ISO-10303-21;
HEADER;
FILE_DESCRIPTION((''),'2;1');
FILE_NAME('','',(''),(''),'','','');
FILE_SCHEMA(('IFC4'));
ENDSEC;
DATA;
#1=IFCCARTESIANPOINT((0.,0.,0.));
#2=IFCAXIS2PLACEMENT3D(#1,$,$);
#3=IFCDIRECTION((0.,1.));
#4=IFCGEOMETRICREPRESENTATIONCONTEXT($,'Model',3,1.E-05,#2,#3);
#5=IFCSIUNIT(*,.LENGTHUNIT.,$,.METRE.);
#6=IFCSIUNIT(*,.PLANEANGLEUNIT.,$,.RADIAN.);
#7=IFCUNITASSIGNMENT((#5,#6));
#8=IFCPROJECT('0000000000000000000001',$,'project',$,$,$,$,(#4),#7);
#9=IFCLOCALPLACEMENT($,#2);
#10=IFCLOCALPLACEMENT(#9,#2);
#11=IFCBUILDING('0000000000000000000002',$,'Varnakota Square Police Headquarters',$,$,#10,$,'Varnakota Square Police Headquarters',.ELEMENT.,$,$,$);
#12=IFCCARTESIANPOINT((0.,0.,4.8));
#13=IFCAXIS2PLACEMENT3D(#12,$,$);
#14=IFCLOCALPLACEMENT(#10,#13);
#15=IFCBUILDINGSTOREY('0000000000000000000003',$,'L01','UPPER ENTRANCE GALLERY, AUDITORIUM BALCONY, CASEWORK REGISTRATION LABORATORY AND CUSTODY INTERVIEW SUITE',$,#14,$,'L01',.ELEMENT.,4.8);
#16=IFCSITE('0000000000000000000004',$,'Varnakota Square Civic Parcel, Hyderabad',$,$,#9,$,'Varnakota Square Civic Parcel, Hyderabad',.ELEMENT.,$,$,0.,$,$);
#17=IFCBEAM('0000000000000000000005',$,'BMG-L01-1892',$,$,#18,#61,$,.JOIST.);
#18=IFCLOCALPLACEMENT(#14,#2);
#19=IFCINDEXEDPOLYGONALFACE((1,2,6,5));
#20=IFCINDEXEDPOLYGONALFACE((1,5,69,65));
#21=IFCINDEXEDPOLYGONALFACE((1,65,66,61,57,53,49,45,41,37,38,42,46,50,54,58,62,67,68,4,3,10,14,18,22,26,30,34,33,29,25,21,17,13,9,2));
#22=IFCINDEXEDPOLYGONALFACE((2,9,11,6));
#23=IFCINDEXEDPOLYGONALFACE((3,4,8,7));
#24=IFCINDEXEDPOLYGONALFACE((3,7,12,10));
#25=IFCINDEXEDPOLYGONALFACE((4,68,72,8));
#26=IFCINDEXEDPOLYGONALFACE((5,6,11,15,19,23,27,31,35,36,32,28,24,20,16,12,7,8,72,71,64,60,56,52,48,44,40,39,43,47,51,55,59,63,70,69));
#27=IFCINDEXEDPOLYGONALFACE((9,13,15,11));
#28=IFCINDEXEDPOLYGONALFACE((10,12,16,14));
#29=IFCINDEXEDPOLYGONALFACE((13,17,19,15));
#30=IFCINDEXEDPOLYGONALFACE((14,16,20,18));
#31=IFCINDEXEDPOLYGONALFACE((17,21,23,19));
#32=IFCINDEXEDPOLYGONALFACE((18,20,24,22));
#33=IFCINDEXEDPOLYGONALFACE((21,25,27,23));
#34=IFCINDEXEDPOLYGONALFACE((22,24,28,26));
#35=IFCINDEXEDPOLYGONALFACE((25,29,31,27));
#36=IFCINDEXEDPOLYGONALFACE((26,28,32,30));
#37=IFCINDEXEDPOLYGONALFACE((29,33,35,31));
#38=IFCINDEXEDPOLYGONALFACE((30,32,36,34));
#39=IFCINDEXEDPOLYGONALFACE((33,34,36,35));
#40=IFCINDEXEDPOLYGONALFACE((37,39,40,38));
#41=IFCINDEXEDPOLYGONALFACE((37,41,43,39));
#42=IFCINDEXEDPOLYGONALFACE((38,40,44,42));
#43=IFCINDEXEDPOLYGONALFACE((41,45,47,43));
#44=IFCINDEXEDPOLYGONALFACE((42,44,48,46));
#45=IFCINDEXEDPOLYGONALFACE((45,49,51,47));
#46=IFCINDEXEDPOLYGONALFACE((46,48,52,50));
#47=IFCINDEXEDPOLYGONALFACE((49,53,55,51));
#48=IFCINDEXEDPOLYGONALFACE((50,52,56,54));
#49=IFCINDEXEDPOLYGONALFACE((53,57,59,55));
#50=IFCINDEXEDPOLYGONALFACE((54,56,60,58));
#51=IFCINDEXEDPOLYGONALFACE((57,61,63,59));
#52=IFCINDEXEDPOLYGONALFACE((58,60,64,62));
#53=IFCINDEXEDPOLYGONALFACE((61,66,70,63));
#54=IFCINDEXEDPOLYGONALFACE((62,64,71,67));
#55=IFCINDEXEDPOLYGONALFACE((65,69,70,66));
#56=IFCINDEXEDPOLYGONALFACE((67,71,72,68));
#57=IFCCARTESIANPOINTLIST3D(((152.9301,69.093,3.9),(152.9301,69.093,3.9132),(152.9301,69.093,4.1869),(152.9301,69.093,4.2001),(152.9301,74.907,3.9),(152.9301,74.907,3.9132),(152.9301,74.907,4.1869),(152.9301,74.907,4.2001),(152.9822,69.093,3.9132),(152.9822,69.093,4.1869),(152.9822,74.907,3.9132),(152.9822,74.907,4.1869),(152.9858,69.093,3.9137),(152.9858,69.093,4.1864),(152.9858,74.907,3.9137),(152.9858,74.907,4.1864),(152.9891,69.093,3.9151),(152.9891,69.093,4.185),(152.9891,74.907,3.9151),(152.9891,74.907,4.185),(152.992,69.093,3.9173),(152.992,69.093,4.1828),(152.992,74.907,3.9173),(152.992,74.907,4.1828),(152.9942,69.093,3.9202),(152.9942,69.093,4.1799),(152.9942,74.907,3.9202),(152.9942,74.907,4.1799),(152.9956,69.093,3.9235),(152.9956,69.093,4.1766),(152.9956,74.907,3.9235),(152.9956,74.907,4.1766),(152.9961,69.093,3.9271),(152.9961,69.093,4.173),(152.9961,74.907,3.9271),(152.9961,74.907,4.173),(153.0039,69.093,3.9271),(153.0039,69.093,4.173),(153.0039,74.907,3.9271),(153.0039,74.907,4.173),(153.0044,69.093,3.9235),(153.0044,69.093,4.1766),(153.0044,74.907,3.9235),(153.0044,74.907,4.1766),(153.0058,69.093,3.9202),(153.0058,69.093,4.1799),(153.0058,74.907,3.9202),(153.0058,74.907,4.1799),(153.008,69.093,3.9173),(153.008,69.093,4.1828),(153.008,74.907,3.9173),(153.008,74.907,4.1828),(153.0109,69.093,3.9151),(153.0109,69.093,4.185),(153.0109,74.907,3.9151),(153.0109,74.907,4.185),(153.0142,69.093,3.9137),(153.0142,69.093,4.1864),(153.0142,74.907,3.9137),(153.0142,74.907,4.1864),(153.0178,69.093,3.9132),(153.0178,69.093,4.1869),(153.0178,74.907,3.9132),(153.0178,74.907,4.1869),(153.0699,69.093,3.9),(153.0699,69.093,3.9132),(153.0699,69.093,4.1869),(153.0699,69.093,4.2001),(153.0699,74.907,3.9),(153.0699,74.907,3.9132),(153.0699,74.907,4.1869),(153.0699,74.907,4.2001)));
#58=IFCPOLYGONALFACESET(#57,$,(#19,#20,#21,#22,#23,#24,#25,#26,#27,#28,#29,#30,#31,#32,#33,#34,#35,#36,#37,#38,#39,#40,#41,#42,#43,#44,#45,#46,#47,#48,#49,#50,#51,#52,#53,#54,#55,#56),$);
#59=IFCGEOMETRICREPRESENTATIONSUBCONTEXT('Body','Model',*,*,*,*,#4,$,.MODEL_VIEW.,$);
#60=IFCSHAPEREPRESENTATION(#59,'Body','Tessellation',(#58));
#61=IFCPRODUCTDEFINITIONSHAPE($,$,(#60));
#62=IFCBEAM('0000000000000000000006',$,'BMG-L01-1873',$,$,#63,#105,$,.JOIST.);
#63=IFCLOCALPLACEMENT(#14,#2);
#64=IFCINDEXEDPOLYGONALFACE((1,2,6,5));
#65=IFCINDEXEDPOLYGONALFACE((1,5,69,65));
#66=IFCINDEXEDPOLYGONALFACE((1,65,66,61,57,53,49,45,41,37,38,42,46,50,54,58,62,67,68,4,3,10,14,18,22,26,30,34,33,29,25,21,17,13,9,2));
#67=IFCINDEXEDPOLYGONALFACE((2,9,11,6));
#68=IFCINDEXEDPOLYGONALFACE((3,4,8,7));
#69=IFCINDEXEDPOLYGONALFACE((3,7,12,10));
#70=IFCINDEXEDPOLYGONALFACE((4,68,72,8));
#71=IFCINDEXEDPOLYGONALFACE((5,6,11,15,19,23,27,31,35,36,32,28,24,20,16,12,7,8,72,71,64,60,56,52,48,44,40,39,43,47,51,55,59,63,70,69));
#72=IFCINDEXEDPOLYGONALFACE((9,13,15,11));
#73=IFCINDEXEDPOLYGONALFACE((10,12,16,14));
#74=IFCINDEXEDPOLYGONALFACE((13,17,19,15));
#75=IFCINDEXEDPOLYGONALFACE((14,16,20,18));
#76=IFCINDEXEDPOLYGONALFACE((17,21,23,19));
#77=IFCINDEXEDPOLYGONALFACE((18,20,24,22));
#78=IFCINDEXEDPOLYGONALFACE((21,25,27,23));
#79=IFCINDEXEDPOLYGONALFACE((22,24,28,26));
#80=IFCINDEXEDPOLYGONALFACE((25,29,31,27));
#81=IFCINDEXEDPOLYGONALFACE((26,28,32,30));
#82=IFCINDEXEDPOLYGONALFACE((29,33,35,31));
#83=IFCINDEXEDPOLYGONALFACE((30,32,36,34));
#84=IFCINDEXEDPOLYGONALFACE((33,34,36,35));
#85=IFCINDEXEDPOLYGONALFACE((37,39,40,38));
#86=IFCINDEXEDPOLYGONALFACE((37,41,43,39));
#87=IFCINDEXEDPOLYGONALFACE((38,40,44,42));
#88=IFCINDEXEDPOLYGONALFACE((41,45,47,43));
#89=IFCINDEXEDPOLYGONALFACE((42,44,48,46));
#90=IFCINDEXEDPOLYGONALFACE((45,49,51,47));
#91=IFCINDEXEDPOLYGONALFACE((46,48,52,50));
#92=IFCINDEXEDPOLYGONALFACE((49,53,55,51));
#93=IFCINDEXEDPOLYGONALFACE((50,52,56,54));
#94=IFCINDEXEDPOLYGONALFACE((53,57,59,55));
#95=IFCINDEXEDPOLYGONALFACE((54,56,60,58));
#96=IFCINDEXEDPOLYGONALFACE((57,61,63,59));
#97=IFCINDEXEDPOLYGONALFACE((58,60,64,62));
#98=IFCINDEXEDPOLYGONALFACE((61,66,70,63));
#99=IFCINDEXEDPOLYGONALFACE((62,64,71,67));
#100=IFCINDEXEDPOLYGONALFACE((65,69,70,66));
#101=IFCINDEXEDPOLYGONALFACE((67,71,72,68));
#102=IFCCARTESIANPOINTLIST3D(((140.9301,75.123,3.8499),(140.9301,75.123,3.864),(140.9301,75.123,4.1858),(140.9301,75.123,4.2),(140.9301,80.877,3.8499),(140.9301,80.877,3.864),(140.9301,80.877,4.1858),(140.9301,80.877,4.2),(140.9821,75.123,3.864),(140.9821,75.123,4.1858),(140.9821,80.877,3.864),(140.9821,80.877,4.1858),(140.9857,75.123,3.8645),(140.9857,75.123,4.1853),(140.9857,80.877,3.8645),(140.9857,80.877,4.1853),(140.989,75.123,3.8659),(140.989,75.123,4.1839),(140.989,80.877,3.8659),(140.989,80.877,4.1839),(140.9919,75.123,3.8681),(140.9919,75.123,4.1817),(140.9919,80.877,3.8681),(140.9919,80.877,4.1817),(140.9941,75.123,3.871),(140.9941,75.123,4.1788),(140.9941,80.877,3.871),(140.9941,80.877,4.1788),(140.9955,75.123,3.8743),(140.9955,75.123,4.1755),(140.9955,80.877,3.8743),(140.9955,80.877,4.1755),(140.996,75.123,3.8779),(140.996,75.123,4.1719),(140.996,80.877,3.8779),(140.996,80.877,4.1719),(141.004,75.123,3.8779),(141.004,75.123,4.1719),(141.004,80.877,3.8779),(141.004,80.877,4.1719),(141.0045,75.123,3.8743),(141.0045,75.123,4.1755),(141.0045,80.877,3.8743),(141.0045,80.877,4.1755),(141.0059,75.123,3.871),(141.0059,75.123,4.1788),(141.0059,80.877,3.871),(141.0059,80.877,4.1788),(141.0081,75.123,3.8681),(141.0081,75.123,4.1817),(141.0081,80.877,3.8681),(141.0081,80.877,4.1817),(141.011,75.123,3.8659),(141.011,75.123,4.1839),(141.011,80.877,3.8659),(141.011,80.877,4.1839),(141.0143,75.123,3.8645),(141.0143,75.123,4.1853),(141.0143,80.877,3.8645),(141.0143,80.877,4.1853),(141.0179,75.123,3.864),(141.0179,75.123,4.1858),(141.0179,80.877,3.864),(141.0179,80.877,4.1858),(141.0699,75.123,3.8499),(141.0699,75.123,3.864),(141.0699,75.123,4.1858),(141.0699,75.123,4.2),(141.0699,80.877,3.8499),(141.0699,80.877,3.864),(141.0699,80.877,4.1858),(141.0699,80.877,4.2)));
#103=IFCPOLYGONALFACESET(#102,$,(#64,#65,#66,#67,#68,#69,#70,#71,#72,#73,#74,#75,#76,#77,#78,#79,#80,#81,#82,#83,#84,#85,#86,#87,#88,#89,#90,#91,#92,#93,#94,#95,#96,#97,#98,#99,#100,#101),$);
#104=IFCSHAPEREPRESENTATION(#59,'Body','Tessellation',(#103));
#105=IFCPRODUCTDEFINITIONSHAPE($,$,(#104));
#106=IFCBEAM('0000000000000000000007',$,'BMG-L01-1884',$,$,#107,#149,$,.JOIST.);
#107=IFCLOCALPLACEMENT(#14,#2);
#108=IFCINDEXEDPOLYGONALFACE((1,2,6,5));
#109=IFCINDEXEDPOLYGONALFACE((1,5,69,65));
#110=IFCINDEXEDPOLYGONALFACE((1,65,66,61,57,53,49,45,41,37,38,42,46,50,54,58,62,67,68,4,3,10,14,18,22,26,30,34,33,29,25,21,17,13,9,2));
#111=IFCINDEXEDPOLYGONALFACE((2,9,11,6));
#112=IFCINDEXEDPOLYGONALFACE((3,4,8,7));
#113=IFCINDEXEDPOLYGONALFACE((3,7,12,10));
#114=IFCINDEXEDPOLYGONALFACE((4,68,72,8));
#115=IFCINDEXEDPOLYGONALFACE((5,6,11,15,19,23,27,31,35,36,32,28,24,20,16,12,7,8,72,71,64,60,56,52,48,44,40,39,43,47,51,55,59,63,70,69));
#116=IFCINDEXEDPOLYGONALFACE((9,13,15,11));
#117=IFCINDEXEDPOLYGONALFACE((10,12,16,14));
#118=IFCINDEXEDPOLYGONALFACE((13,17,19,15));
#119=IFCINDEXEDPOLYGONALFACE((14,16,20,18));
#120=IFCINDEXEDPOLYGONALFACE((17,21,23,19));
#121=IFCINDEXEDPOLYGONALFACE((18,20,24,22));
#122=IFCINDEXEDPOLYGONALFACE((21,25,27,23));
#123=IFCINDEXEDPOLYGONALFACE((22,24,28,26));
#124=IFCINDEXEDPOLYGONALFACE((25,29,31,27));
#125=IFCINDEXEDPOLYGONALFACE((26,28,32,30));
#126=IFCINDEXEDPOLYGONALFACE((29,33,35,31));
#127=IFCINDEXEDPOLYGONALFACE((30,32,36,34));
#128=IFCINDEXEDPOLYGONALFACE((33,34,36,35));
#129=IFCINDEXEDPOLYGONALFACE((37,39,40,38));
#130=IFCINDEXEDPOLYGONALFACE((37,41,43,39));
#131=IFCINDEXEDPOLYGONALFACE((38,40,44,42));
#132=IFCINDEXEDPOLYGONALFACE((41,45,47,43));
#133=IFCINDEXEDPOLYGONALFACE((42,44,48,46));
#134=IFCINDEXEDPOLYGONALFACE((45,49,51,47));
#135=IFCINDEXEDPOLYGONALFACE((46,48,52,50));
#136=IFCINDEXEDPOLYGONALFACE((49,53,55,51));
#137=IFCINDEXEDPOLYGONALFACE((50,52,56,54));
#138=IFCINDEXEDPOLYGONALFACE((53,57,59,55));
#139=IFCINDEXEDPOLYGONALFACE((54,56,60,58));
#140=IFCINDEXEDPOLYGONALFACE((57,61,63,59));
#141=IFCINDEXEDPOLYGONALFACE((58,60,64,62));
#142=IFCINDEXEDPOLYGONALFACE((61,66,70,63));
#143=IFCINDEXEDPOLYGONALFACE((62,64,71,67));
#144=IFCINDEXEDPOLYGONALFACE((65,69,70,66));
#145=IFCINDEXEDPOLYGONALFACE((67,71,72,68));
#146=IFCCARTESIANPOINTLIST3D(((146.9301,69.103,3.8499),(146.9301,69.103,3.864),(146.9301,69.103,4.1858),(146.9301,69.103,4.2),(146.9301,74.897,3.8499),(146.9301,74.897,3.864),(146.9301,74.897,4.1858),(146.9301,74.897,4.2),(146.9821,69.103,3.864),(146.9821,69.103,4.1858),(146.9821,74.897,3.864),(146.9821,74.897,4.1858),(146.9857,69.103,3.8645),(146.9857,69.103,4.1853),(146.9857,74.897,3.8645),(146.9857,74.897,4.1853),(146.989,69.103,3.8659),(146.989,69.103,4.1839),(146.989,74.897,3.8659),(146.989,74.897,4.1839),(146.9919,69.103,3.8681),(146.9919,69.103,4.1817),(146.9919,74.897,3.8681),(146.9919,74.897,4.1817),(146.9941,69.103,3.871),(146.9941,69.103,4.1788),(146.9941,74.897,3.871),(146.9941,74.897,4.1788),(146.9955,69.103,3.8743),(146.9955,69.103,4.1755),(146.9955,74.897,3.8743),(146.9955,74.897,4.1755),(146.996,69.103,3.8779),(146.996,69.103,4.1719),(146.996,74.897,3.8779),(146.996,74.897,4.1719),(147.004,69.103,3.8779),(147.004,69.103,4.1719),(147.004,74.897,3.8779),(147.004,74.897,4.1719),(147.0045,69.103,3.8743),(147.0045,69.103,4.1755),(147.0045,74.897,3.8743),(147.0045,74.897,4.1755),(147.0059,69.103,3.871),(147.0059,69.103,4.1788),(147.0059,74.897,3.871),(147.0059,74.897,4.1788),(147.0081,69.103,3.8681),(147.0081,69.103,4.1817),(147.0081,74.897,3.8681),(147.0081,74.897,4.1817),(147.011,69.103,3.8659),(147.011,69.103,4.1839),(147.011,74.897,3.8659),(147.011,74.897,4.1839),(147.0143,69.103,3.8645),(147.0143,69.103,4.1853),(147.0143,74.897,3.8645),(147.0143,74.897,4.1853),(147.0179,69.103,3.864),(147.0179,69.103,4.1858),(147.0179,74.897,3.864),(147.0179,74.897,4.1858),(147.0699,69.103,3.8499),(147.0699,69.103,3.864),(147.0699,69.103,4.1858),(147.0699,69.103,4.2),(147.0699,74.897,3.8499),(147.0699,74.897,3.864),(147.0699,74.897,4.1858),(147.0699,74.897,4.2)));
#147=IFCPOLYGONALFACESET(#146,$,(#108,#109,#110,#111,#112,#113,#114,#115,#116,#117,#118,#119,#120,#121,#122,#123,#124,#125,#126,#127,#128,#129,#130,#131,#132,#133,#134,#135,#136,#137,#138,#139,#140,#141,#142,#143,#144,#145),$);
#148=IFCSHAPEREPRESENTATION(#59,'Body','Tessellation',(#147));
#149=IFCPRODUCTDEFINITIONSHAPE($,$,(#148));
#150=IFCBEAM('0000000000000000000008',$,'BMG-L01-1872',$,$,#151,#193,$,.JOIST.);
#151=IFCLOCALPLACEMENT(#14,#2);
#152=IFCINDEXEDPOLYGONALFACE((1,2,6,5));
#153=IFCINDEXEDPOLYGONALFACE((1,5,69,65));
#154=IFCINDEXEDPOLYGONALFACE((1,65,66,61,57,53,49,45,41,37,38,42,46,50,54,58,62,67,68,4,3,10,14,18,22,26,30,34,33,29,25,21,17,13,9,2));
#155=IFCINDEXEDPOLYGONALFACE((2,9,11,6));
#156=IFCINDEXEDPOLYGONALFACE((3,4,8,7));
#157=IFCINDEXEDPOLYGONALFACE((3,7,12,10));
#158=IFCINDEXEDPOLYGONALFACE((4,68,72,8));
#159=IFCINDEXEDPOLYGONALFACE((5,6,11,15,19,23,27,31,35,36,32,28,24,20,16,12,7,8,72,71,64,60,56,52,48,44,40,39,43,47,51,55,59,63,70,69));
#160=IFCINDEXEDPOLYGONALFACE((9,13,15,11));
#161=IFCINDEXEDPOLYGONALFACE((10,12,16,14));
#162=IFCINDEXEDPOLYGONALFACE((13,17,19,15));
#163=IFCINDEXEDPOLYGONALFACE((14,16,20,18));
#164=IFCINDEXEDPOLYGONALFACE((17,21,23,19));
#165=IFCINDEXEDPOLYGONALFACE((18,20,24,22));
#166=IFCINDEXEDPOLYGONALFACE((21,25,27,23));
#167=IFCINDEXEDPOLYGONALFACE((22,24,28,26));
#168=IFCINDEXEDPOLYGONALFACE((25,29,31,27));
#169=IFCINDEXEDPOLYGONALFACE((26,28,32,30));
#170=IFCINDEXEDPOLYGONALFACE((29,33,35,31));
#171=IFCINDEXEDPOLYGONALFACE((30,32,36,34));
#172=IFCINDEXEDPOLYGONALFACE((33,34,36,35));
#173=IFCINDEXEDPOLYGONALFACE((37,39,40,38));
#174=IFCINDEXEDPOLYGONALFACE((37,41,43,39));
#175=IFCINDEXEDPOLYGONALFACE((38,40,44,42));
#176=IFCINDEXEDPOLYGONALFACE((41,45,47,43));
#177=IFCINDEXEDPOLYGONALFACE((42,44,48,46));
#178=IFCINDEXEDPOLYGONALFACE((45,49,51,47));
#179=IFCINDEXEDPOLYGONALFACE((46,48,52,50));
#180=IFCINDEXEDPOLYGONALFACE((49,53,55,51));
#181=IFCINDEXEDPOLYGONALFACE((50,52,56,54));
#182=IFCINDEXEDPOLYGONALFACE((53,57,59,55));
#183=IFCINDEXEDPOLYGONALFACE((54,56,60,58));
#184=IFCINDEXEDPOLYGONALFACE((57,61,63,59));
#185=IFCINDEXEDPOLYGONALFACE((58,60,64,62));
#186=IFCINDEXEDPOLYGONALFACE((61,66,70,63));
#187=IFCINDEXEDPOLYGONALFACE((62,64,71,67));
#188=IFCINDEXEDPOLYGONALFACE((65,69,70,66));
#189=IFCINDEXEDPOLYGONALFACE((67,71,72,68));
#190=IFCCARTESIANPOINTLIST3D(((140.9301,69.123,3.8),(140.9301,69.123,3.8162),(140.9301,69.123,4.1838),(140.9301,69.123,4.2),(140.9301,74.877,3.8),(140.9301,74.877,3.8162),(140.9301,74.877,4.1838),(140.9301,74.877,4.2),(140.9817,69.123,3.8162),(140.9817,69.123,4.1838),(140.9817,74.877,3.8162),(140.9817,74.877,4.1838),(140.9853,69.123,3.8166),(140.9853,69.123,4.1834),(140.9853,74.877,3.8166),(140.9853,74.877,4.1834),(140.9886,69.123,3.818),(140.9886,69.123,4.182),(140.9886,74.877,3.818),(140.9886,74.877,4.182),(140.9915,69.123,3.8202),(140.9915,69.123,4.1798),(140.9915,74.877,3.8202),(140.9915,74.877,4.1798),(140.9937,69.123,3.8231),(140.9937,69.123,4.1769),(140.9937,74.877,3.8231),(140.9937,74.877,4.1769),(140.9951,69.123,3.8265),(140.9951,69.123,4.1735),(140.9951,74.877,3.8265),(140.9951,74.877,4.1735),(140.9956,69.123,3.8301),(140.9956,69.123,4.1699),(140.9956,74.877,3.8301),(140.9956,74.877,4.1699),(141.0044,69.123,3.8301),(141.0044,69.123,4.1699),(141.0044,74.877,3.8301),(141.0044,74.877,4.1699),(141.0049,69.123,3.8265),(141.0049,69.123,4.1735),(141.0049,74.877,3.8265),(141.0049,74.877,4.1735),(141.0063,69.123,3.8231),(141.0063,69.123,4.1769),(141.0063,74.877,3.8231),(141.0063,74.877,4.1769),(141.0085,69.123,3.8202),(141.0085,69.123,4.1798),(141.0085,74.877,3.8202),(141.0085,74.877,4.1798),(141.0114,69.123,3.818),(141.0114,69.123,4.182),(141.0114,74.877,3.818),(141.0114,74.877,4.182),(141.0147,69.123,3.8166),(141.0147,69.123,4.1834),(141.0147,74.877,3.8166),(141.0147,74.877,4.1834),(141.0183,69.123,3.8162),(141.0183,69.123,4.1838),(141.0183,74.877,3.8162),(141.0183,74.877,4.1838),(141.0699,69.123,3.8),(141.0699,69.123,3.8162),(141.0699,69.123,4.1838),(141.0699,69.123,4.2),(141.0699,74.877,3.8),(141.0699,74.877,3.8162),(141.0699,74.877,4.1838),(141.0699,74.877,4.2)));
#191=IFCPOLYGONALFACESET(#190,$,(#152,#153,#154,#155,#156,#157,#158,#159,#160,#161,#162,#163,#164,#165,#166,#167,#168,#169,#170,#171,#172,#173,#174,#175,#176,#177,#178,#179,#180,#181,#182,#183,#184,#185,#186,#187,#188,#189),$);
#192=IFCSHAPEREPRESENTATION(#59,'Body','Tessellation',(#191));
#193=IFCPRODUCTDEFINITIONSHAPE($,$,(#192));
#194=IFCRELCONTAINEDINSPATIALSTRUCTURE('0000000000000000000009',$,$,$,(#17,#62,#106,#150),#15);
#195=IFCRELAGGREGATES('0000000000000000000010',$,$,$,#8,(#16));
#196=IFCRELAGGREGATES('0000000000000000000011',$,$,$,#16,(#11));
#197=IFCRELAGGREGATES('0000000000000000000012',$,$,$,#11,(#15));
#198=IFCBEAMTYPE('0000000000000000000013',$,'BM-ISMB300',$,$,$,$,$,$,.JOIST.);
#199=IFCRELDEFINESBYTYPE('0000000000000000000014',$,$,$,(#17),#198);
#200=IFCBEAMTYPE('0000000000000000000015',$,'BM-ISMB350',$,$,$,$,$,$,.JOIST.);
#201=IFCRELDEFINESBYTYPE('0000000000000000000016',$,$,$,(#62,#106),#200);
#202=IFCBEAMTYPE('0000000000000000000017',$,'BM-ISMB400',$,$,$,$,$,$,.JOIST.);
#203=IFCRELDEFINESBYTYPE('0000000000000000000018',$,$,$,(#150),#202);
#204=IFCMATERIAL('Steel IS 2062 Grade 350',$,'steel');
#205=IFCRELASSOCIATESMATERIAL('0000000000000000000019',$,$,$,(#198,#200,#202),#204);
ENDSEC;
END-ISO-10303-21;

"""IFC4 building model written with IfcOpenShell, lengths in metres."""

from ifc_helpers import new_model, si_unit, direction, frame, origin, origin_2d, place, context, subcontext, project, spatial, i_section, extrude, material, material_profile, profile_set, type_object, element, save


model = new_model("IFC4")

# Units and contexts
model_context = context("Model", 3, precision=1e-05, world=origin(), true_north=direction((0.0, 1.0)))
body_context = subcontext(model_context, "Body", "Model", "MODEL_VIEW")
ifc_project = project(units=[si_unit("LENGTHUNIT", "METRE"), si_unit("PLANEANGLEUNIT", "RADIAN")], contexts=[model_context])

# Site, building, storey
site_placement = place(None, origin())
site = spatial("IfcSite", under=ifc_project, at=site_placement, Name="Varnakota Square Civic Parcel, Hyderabad", LongName="Varnakota Square Civic Parcel, Hyderabad", CompositionType="ELEMENT", RefElevation=0.0)
building_placement = place(site_placement, origin())
building = spatial("IfcBuilding", under=site, at=building_placement, Name="Varnakota Square Police Headquarters", LongName="Varnakota Square Police Headquarters", CompositionType="ELEMENT")
storey_placement = place(building_placement, frame((0.0, 0.0, 4.8)))
storey = spatial("IfcBuildingStorey", under=building, at=storey_placement, Name="L01", Description="UPPER ENTRANCE GALLERY, AUDITORIUM BALCONY, CASEWORK REGISTRATION LABORATORY AND CUSTODY INTERVIEW SUITE", LongName="L01", CompositionType="ELEMENT", Elevation=4.8)

# Shared definitions
ifc_material_1 = material(Name="Steel IS 2062 Grade 350", Category="steel")

# Beams
ifc_material_profile_1 = material_profile(ifc_material_1, i_section(OverallWidth=0.1399, OverallDepth=0.3, WebThickness=0.0078, FlangeThickness=0.0132, FilletRadius=0.0139, at=origin_2d()), Name="ISMB 300")
ifc_profile_set_1 = profile_set([ifc_material_profile_1], Name="Steel IS 2062 Grade 350")
beam_type_1 = type_object("IfcBeamType", Name="BM-ISMB300", PredefinedType="JOIST", material=ifc_profile_set_1)
beam_1_placement = place(storey_placement, frame((153.0, 69.093, 4.05), z_axis=(0.0, 1.0, 0.0), x_axis=(-1.0, 0.0, 0.0)))
element("IfcBeam", 1, at=beam_1_placement, inside=storey, type_object=beam_type_1, Name="BMG-L01-1892", PredefinedType="JOIST", context=body_context, shape_type="SweptSolid", body=[
    extrude(i_section(OverallWidth=0.1399, OverallDepth=0.3, WebThickness=0.0078, FlangeThickness=0.0132, FilletRadius=0.0139, at=origin_2d()), origin(), (0.0, 0.0, 1.0), 5.814),
])
ifc_material_profile_2 = material_profile(ifc_material_1, i_section(OverallWidth=0.1399, OverallDepth=0.3501, WebThickness=0.0081, FlangeThickness=0.0142, FilletRadius=0.0139, at=origin_2d()), Name="ISMB 350")
ifc_profile_set_2 = profile_set([ifc_material_profile_2], Name="Steel IS 2062 Grade 350")
beam_type_2 = type_object("IfcBeamType", Name="BM-ISMB350", PredefinedType="JOIST", material=ifc_profile_set_2)
beam_2_placement = place(storey_placement, frame((141.0, 75.123, 4.0249), z_axis=(0.0, 1.0, 0.0), x_axis=(-1.0, 0.0, 0.0)))
element("IfcBeam", 2, at=beam_2_placement, inside=storey, type_object=beam_type_2, Name="BMG-L01-1873", PredefinedType="JOIST", context=body_context, shape_type="SweptSolid", body=[
    extrude(i_section(OverallWidth=0.1399, OverallDepth=0.3501, WebThickness=0.0081, FlangeThickness=0.0142, FilletRadius=0.0139, at=origin_2d()), origin(), (0.0, 0.0, 1.0), 5.7539),
])
beam_3_placement = place(storey_placement, frame((147.0, 69.103, 4.0249), z_axis=(0.0, 1.0, 0.0), x_axis=(-1.0, 0.0, 0.0)))
element("IfcBeam", 3, at=beam_3_placement, inside=storey, type_object=beam_type_2, Name="BMG-L01-1884", PredefinedType="JOIST", context=body_context, shape_type="SweptSolid", body=[
    extrude(i_section(OverallWidth=0.1399, OverallDepth=0.3501, WebThickness=0.0081, FlangeThickness=0.0142, FilletRadius=0.0139, at=origin_2d()), origin(), (0.0, 0.0, 1.0), 5.7939),
])
ifc_material_profile_3 = material_profile(ifc_material_1, i_section(OverallWidth=0.1399, OverallDepth=0.3999, WebThickness=0.0088, FlangeThickness=0.0161, FilletRadius=0.0139, at=origin_2d()), Name="ISMB 400")
ifc_profile_set_3 = profile_set([ifc_material_profile_3], Name="Steel IS 2062 Grade 350")
beam_type_3 = type_object("IfcBeamType", Name="BM-ISMB400", PredefinedType="JOIST", material=ifc_profile_set_3)
beam_4_placement = place(storey_placement, frame((141.0, 69.123, 4.0), z_axis=(0.0, 1.0, 0.0), x_axis=(-1.0, 0.0, 0.0)))
element("IfcBeam", 4, at=beam_4_placement, inside=storey, type_object=beam_type_3, Name="BMG-L01-1872", PredefinedType="JOIST", context=body_context, shape_type="SweptSolid", body=[
    extrude(i_section(OverallWidth=0.1399, OverallDepth=0.3999, WebThickness=0.0088, FlangeThickness=0.0161, FilletRadius=0.0139, at=origin_2d()), origin(), (0.0, 0.0, 1.0), 5.7539),
])

save(model, "model.ifc")
